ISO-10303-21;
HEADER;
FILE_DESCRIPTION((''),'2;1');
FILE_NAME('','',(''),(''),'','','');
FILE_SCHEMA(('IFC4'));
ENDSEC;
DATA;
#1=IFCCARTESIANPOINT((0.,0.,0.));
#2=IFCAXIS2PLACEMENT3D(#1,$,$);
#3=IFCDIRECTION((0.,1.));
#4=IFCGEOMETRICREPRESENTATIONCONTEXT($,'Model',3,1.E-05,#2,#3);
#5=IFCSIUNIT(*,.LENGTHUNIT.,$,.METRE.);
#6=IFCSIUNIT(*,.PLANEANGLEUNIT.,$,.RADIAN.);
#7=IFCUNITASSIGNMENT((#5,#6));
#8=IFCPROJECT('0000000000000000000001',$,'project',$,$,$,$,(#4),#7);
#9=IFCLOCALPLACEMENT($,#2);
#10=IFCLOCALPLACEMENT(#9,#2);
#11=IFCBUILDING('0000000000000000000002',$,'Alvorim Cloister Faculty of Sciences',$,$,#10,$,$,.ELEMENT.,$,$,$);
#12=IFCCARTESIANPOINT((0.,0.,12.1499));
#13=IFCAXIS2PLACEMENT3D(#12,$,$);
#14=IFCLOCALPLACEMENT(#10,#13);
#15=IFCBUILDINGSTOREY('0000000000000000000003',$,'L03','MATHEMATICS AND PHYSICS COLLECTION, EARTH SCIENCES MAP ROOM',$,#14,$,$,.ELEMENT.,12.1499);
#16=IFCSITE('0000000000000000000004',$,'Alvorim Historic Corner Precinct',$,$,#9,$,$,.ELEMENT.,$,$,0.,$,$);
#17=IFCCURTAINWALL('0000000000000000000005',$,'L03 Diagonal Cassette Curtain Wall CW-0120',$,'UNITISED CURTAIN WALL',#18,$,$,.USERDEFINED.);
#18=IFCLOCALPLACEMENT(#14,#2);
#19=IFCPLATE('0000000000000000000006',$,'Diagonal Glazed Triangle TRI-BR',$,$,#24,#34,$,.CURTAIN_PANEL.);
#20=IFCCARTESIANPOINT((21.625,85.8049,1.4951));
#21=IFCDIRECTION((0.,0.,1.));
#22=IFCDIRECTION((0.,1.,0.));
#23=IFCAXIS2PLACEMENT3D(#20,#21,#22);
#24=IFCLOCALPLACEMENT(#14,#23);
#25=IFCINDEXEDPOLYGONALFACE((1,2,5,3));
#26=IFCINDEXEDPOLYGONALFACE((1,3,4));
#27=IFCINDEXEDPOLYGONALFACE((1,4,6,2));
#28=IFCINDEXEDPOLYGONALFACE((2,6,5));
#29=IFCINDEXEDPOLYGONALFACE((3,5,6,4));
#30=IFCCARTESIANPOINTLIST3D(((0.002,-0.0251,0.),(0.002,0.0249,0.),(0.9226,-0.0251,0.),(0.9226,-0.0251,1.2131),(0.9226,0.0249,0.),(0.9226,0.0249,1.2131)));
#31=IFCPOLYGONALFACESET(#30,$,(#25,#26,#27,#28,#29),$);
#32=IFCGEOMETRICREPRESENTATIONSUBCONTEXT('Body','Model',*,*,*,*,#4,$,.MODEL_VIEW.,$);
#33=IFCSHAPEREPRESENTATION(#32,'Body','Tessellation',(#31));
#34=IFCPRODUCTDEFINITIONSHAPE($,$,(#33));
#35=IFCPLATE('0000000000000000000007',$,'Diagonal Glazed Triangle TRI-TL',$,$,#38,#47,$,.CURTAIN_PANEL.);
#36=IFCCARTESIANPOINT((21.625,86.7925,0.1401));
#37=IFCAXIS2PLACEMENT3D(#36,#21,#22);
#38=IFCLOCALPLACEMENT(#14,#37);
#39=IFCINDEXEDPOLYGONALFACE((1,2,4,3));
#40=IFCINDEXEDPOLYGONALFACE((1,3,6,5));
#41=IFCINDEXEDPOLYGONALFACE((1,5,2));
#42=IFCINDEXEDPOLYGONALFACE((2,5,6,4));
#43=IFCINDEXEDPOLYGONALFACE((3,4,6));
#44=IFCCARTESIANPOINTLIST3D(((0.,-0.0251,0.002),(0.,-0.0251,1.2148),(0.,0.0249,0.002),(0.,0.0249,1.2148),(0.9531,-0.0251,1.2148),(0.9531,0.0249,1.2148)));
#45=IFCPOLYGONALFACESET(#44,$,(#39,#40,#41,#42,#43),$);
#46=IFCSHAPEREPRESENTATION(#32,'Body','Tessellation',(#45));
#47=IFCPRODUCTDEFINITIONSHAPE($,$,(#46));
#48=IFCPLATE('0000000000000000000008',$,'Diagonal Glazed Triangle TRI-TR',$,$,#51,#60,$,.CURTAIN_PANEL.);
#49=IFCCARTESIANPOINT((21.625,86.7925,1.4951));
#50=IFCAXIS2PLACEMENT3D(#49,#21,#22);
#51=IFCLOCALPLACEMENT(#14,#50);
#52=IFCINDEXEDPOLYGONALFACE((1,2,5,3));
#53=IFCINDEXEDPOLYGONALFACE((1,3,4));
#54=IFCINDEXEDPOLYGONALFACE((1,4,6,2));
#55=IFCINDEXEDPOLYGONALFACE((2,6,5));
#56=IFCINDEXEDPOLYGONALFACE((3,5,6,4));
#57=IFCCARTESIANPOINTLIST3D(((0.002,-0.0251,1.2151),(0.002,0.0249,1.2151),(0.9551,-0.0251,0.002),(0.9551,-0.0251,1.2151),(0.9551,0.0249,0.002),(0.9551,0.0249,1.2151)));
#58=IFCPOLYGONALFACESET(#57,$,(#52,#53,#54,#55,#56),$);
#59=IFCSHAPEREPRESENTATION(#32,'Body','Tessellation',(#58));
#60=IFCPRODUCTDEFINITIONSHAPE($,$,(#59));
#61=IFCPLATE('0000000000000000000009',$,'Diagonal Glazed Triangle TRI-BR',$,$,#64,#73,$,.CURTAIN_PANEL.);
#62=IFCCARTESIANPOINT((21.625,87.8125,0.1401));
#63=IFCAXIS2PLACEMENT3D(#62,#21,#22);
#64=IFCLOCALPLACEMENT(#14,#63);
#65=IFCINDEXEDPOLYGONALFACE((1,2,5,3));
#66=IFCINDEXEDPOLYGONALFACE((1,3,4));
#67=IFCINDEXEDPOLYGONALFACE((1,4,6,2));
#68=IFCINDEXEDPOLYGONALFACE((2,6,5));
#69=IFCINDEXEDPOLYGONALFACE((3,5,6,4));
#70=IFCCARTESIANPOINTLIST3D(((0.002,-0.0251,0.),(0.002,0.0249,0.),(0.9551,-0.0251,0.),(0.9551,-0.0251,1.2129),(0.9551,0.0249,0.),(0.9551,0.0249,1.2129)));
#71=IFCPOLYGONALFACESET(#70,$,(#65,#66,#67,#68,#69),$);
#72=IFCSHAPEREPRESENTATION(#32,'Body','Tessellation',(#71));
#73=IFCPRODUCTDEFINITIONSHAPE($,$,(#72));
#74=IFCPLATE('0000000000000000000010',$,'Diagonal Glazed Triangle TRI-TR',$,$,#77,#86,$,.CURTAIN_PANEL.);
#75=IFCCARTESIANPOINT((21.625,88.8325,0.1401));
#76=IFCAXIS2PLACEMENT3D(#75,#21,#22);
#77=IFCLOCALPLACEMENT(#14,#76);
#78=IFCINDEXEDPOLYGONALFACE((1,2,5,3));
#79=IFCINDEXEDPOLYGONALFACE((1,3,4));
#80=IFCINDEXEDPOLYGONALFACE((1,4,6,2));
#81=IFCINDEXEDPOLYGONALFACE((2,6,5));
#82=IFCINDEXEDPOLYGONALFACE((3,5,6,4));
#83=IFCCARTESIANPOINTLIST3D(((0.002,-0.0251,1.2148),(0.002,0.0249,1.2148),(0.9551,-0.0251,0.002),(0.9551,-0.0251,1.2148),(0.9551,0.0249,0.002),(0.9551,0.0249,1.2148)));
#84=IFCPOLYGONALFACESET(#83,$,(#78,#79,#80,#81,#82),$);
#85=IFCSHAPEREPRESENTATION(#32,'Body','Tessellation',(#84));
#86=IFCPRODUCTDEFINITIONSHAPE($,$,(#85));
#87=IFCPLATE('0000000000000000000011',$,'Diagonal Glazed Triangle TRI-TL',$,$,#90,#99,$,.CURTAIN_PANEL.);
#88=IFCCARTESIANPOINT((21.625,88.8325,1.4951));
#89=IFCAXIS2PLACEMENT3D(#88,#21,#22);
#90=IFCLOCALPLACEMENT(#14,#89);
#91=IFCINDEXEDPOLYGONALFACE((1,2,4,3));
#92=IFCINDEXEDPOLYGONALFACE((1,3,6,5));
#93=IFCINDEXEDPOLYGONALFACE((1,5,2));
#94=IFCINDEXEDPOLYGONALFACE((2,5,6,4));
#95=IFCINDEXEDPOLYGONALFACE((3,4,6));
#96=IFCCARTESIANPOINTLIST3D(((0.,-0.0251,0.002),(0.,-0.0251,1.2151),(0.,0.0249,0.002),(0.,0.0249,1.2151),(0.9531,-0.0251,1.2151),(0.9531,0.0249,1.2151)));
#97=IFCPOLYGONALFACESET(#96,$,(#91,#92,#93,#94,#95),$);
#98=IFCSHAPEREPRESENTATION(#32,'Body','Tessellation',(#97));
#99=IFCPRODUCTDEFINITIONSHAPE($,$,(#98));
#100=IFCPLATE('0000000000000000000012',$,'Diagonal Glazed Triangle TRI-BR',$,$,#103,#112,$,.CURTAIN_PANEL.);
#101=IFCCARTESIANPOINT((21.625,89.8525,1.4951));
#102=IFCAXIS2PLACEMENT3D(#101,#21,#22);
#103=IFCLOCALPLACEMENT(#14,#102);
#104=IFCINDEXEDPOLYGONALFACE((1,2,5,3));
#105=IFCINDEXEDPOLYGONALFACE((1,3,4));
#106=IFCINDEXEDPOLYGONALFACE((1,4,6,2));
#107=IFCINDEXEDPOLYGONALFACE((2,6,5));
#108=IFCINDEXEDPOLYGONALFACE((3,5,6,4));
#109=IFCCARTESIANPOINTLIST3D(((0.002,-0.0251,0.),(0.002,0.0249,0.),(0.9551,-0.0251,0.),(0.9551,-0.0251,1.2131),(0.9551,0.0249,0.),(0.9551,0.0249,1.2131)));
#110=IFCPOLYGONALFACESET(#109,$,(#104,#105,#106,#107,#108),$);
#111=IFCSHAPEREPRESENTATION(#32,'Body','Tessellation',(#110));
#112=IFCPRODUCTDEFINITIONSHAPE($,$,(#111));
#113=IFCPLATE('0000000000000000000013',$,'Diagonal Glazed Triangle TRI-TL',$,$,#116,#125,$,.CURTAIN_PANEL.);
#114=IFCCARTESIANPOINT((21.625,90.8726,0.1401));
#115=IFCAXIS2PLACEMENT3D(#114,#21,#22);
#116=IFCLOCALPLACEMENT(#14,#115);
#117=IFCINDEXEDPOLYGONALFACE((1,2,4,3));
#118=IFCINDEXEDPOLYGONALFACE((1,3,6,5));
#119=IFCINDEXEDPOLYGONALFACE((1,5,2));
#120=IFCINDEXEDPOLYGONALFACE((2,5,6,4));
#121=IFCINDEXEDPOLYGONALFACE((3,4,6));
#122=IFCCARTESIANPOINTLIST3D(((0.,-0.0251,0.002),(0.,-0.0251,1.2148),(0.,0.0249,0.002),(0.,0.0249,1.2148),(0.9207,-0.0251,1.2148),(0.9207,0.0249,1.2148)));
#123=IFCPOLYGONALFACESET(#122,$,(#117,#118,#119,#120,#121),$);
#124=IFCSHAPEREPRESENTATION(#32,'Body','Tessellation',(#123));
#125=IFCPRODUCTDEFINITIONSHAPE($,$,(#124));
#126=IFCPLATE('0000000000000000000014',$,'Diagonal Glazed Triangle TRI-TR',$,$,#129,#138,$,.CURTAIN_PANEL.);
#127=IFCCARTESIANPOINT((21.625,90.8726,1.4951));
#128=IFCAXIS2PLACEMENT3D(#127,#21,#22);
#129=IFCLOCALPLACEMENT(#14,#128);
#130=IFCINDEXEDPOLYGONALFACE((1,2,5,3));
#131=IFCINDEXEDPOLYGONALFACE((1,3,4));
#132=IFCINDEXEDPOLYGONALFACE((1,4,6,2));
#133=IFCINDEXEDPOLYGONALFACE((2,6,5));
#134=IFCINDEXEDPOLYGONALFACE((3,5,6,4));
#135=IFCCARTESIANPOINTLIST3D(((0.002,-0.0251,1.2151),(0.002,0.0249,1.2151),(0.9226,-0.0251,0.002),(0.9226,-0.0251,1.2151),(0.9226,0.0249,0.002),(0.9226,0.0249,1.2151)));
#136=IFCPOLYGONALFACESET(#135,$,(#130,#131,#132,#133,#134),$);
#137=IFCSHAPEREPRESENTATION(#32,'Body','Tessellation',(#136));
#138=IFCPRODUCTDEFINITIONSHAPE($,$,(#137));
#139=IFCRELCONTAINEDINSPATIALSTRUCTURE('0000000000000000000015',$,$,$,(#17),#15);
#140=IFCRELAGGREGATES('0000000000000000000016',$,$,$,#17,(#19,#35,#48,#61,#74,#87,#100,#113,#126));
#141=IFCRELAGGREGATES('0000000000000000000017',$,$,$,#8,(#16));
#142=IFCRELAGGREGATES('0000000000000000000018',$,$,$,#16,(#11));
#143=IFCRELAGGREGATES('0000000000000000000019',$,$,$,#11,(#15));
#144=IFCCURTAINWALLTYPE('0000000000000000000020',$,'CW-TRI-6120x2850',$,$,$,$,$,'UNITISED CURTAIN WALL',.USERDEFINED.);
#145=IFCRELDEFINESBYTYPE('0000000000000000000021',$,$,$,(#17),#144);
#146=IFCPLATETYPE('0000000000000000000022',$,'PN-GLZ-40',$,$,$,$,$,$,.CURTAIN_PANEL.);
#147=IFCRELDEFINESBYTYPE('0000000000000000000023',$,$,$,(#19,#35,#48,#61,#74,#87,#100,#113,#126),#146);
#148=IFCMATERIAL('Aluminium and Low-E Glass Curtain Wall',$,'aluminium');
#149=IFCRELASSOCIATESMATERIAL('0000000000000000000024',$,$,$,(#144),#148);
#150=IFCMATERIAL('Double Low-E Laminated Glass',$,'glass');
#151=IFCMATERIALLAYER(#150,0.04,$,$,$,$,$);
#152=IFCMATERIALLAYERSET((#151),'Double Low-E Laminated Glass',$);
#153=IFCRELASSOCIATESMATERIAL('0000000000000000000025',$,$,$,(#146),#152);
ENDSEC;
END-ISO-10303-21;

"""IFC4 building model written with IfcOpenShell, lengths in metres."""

from ifc_helpers import new_model, si_unit, direction, frame, origin, place, context, subcontext, project, spatial, polyline, outline, extrude, material, layer, layer_set, type_object, element, aggregate, save


model = new_model("IFC4")

# Units and contexts
model_context = context("Model", 3, precision=1e-05, world=origin(), true_north=direction((0.0, 1.0)))
body_context = subcontext(model_context, "Body", "Model", "MODEL_VIEW")
ifc_project = project(units=[si_unit("LENGTHUNIT", "METRE"), si_unit("PLANEANGLEUNIT", "RADIAN")], contexts=[model_context])

# Site, building, storey
site_placement = place(None, origin())
site = spatial("IfcSite", under=ifc_project, at=site_placement, Name="Alvorim Historic Corner Precinct", CompositionType="ELEMENT", RefElevation=0.0)
building_placement = place(site_placement, origin())
building = spatial("IfcBuilding", under=site, at=building_placement, Name="Alvorim Cloister Faculty of Sciences", CompositionType="ELEMENT")
storey_placement = place(building_placement, frame((0.0, 0.0, 12.1499)))
storey = spatial("IfcBuildingStorey", under=building, at=storey_placement, Name="L03", Description="MATHEMATICS AND PHYSICS COLLECTION, EARTH SCIENCES MAP ROOM", CompositionType="ELEMENT", Elevation=12.1499)

# Curtain wall, plates
ifc_material_1 = material(Name="Aluminium and Low-E Glass Curtain Wall", Category="aluminium")
curtain_wall_type = type_object("IfcCurtainWallType", Name="CW-TRI-6120x2850", ElementType="UNITISED CURTAIN WALL", PredefinedType="USERDEFINED", material=ifc_material_1)
curtain_wall_placement = place(storey_placement, origin())
curtain_wall = element("IfcCurtainWall", 1, at=curtain_wall_placement, inside=storey, type_object=curtain_wall_type, Name="L03 Diagonal Cassette Curtain Wall CW-0120", ObjectType="UNITISED CURTAIN WALL", PredefinedType="USERDEFINED")
ifc_material_2 = material(Name="Double Low-E Laminated Glass", Category="glass")
ifc_layer = layer(ifc_material_2, 0.04)
ifc_layer_set = layer_set([ifc_layer], Name="Double Low-E Laminated Glass")
plate_type = type_object("IfcPlateType", Name="PN-GLZ-40", PredefinedType="CURTAIN_PANEL", material=ifc_layer_set)
plate_1_placement = place(storey_placement, frame((21.625, 85.8049, 1.4951), z_axis=(0.0, 0.0, 1.0), x_axis=(0.0, 1.0, 0.0)))
plate_1 = element("IfcPlate", 2, at=plate_1_placement, type_object=plate_type, Name="Diagonal Glazed Triangle TRI-BR", PredefinedType="CURTAIN_PANEL", context=body_context, shape_type="SweptSolid", body=[
    extrude(outline(polyline([(0.002, 0.0), (0.9226, 0.0), (0.9226, 1.2131), (0.002, 0.0)])), frame((0.0, 0.0249, 0.0), z_axis=(0.0, -1.0, 0.0), x_axis=(1.0, 0.0, 0.0)), (0.0, 0.0, 1.0), 0.05),
])
plate_2_placement = place(storey_placement, frame((21.625, 86.7925, 0.1401), z_axis=(0.0, 0.0, 1.0), x_axis=(0.0, 1.0, 0.0)))
plate_2 = element("IfcPlate", 3, at=plate_2_placement, type_object=plate_type, Name="Diagonal Glazed Triangle TRI-TL", PredefinedType="CURTAIN_PANEL", context=body_context, shape_type="SweptSolid", body=[
    extrude(outline(polyline([(0.9531, 1.2148), (0.0, 1.2148), (0.0, 0.002), (0.9531, 1.2148)])), frame((0.0, 0.0249, 0.0), z_axis=(0.0, -1.0, 0.0), x_axis=(1.0, 0.0, 0.0)), (0.0, 0.0, 1.0), 0.05),
])
plate_3_placement = place(storey_placement, frame((21.625, 86.7925, 1.4951), z_axis=(0.0, 0.0, 1.0), x_axis=(0.0, 1.0, 0.0)))
plate_3 = element("IfcPlate", 4, at=plate_3_placement, type_object=plate_type, Name="Diagonal Glazed Triangle TRI-TR", PredefinedType="CURTAIN_PANEL", context=body_context, shape_type="SweptSolid", body=[
    extrude(outline(polyline([(0.9551, 0.002), (0.9551, 1.2151), (0.002, 1.2151), (0.9551, 0.002)])), frame((0.0, 0.0249, 0.0), z_axis=(0.0, -1.0, 0.0), x_axis=(1.0, 0.0, 0.0)), (0.0, 0.0, 1.0), 0.05),
])
plate_4_placement = place(storey_placement, frame((21.625, 87.8125, 0.1401), z_axis=(0.0, 0.0, 1.0), x_axis=(0.0, 1.0, 0.0)))
plate_4 = element("IfcPlate", 5, at=plate_4_placement, type_object=plate_type, Name="Diagonal Glazed Triangle TRI-BR", PredefinedType="CURTAIN_PANEL", context=body_context, shape_type="SweptSolid", body=[
    extrude(outline(polyline([(0.002, 0.0), (0.9551, 0.0), (0.9551, 1.2129), (0.002, 0.0)])), frame((0.0, 0.0249, 0.0), z_axis=(0.0, -1.0, 0.0), x_axis=(1.0, 0.0, 0.0)), (0.0, 0.0, 1.0), 0.05),
])
plate_5_placement = place(storey_placement, frame((21.625, 88.8325, 0.1401), z_axis=(0.0, 0.0, 1.0), x_axis=(0.0, 1.0, 0.0)))
plate_5 = element("IfcPlate", 6, at=plate_5_placement, type_object=plate_type, Name="Diagonal Glazed Triangle TRI-TR", PredefinedType="CURTAIN_PANEL", context=body_context, shape_type="SweptSolid", body=[
    extrude(outline(polyline([(0.9551, 0.002), (0.9551, 1.2148), (0.002, 1.2148), (0.9551, 0.002)])), frame((0.0, 0.0249, 0.0), z_axis=(0.0, -1.0, 0.0), x_axis=(1.0, 0.0, 0.0)), (0.0, 0.0, 1.0), 0.05),
])
plate_6_placement = place(storey_placement, frame((21.625, 88.8325, 1.4951), z_axis=(0.0, 0.0, 1.0), x_axis=(0.0, 1.0, 0.0)))
plate_6 = element("IfcPlate", 7, at=plate_6_placement, type_object=plate_type, Name="Diagonal Glazed Triangle TRI-TL", PredefinedType="CURTAIN_PANEL", context=body_context, shape_type="SweptSolid", body=[
    extrude(outline(polyline([(0.9531, 1.2151), (0.0, 1.2151), (0.0, 0.002), (0.9531, 1.2151)])), frame((0.0, 0.0249, 0.0), z_axis=(0.0, -1.0, 0.0), x_axis=(1.0, 0.0, 0.0)), (0.0, 0.0, 1.0), 0.05),
])
plate_7_placement = place(storey_placement, frame((21.625, 89.8525, 1.4951), z_axis=(0.0, 0.0, 1.0), x_axis=(0.0, 1.0, 0.0)))
plate_7 = element("IfcPlate", 8, at=plate_7_placement, type_object=plate_type, Name="Diagonal Glazed Triangle TRI-BR", PredefinedType="CURTAIN_PANEL", context=body_context, shape_type="SweptSolid", body=[
    extrude(outline(polyline([(0.002, 0.0), (0.9551, 0.0), (0.9551, 1.2131), (0.002, 0.0)])), frame((0.0, 0.0249, 0.0), z_axis=(0.0, -1.0, 0.0), x_axis=(1.0, 0.0, 0.0)), (0.0, 0.0, 1.0), 0.05),
])
plate_8_placement = place(storey_placement, frame((21.625, 90.8726, 0.1401), z_axis=(0.0, 0.0, 1.0), x_axis=(0.0, 1.0, 0.0)))
plate_8 = element("IfcPlate", 9, at=plate_8_placement, type_object=plate_type, Name="Diagonal Glazed Triangle TRI-TL", PredefinedType="CURTAIN_PANEL", context=body_context, shape_type="SweptSolid", body=[
    extrude(outline(polyline([(0.9207, 1.2148), (0.0, 1.2148), (0.0, 0.002), (0.9207, 1.2148)])), frame((0.0, 0.0249, 0.0), z_axis=(0.0, -1.0, 0.0), x_axis=(1.0, 0.0, 0.0)), (0.0, 0.0, 1.0), 0.05),
])
plate_9_placement = place(storey_placement, frame((21.625, 90.8726, 1.4951), z_axis=(0.0, 0.0, 1.0), x_axis=(0.0, 1.0, 0.0)))
plate_9 = element("IfcPlate", 10, at=plate_9_placement, type_object=plate_type, Name="Diagonal Glazed Triangle TRI-TR", PredefinedType="CURTAIN_PANEL", context=body_context, shape_type="SweptSolid", body=[
    extrude(outline(polyline([(0.9226, 0.002), (0.9226, 1.2151), (0.002, 1.2151), (0.9226, 0.002)])), frame((0.0, 0.0249, 0.0), z_axis=(0.0, -1.0, 0.0), x_axis=(1.0, 0.0, 0.0)), (0.0, 0.0, 1.0), 0.05),
])
aggregate(curtain_wall, [plate_1, plate_2, plate_3, plate_4, plate_5, plate_6, plate_7, plate_8, plate_9])

save(model, "model.ifc")
